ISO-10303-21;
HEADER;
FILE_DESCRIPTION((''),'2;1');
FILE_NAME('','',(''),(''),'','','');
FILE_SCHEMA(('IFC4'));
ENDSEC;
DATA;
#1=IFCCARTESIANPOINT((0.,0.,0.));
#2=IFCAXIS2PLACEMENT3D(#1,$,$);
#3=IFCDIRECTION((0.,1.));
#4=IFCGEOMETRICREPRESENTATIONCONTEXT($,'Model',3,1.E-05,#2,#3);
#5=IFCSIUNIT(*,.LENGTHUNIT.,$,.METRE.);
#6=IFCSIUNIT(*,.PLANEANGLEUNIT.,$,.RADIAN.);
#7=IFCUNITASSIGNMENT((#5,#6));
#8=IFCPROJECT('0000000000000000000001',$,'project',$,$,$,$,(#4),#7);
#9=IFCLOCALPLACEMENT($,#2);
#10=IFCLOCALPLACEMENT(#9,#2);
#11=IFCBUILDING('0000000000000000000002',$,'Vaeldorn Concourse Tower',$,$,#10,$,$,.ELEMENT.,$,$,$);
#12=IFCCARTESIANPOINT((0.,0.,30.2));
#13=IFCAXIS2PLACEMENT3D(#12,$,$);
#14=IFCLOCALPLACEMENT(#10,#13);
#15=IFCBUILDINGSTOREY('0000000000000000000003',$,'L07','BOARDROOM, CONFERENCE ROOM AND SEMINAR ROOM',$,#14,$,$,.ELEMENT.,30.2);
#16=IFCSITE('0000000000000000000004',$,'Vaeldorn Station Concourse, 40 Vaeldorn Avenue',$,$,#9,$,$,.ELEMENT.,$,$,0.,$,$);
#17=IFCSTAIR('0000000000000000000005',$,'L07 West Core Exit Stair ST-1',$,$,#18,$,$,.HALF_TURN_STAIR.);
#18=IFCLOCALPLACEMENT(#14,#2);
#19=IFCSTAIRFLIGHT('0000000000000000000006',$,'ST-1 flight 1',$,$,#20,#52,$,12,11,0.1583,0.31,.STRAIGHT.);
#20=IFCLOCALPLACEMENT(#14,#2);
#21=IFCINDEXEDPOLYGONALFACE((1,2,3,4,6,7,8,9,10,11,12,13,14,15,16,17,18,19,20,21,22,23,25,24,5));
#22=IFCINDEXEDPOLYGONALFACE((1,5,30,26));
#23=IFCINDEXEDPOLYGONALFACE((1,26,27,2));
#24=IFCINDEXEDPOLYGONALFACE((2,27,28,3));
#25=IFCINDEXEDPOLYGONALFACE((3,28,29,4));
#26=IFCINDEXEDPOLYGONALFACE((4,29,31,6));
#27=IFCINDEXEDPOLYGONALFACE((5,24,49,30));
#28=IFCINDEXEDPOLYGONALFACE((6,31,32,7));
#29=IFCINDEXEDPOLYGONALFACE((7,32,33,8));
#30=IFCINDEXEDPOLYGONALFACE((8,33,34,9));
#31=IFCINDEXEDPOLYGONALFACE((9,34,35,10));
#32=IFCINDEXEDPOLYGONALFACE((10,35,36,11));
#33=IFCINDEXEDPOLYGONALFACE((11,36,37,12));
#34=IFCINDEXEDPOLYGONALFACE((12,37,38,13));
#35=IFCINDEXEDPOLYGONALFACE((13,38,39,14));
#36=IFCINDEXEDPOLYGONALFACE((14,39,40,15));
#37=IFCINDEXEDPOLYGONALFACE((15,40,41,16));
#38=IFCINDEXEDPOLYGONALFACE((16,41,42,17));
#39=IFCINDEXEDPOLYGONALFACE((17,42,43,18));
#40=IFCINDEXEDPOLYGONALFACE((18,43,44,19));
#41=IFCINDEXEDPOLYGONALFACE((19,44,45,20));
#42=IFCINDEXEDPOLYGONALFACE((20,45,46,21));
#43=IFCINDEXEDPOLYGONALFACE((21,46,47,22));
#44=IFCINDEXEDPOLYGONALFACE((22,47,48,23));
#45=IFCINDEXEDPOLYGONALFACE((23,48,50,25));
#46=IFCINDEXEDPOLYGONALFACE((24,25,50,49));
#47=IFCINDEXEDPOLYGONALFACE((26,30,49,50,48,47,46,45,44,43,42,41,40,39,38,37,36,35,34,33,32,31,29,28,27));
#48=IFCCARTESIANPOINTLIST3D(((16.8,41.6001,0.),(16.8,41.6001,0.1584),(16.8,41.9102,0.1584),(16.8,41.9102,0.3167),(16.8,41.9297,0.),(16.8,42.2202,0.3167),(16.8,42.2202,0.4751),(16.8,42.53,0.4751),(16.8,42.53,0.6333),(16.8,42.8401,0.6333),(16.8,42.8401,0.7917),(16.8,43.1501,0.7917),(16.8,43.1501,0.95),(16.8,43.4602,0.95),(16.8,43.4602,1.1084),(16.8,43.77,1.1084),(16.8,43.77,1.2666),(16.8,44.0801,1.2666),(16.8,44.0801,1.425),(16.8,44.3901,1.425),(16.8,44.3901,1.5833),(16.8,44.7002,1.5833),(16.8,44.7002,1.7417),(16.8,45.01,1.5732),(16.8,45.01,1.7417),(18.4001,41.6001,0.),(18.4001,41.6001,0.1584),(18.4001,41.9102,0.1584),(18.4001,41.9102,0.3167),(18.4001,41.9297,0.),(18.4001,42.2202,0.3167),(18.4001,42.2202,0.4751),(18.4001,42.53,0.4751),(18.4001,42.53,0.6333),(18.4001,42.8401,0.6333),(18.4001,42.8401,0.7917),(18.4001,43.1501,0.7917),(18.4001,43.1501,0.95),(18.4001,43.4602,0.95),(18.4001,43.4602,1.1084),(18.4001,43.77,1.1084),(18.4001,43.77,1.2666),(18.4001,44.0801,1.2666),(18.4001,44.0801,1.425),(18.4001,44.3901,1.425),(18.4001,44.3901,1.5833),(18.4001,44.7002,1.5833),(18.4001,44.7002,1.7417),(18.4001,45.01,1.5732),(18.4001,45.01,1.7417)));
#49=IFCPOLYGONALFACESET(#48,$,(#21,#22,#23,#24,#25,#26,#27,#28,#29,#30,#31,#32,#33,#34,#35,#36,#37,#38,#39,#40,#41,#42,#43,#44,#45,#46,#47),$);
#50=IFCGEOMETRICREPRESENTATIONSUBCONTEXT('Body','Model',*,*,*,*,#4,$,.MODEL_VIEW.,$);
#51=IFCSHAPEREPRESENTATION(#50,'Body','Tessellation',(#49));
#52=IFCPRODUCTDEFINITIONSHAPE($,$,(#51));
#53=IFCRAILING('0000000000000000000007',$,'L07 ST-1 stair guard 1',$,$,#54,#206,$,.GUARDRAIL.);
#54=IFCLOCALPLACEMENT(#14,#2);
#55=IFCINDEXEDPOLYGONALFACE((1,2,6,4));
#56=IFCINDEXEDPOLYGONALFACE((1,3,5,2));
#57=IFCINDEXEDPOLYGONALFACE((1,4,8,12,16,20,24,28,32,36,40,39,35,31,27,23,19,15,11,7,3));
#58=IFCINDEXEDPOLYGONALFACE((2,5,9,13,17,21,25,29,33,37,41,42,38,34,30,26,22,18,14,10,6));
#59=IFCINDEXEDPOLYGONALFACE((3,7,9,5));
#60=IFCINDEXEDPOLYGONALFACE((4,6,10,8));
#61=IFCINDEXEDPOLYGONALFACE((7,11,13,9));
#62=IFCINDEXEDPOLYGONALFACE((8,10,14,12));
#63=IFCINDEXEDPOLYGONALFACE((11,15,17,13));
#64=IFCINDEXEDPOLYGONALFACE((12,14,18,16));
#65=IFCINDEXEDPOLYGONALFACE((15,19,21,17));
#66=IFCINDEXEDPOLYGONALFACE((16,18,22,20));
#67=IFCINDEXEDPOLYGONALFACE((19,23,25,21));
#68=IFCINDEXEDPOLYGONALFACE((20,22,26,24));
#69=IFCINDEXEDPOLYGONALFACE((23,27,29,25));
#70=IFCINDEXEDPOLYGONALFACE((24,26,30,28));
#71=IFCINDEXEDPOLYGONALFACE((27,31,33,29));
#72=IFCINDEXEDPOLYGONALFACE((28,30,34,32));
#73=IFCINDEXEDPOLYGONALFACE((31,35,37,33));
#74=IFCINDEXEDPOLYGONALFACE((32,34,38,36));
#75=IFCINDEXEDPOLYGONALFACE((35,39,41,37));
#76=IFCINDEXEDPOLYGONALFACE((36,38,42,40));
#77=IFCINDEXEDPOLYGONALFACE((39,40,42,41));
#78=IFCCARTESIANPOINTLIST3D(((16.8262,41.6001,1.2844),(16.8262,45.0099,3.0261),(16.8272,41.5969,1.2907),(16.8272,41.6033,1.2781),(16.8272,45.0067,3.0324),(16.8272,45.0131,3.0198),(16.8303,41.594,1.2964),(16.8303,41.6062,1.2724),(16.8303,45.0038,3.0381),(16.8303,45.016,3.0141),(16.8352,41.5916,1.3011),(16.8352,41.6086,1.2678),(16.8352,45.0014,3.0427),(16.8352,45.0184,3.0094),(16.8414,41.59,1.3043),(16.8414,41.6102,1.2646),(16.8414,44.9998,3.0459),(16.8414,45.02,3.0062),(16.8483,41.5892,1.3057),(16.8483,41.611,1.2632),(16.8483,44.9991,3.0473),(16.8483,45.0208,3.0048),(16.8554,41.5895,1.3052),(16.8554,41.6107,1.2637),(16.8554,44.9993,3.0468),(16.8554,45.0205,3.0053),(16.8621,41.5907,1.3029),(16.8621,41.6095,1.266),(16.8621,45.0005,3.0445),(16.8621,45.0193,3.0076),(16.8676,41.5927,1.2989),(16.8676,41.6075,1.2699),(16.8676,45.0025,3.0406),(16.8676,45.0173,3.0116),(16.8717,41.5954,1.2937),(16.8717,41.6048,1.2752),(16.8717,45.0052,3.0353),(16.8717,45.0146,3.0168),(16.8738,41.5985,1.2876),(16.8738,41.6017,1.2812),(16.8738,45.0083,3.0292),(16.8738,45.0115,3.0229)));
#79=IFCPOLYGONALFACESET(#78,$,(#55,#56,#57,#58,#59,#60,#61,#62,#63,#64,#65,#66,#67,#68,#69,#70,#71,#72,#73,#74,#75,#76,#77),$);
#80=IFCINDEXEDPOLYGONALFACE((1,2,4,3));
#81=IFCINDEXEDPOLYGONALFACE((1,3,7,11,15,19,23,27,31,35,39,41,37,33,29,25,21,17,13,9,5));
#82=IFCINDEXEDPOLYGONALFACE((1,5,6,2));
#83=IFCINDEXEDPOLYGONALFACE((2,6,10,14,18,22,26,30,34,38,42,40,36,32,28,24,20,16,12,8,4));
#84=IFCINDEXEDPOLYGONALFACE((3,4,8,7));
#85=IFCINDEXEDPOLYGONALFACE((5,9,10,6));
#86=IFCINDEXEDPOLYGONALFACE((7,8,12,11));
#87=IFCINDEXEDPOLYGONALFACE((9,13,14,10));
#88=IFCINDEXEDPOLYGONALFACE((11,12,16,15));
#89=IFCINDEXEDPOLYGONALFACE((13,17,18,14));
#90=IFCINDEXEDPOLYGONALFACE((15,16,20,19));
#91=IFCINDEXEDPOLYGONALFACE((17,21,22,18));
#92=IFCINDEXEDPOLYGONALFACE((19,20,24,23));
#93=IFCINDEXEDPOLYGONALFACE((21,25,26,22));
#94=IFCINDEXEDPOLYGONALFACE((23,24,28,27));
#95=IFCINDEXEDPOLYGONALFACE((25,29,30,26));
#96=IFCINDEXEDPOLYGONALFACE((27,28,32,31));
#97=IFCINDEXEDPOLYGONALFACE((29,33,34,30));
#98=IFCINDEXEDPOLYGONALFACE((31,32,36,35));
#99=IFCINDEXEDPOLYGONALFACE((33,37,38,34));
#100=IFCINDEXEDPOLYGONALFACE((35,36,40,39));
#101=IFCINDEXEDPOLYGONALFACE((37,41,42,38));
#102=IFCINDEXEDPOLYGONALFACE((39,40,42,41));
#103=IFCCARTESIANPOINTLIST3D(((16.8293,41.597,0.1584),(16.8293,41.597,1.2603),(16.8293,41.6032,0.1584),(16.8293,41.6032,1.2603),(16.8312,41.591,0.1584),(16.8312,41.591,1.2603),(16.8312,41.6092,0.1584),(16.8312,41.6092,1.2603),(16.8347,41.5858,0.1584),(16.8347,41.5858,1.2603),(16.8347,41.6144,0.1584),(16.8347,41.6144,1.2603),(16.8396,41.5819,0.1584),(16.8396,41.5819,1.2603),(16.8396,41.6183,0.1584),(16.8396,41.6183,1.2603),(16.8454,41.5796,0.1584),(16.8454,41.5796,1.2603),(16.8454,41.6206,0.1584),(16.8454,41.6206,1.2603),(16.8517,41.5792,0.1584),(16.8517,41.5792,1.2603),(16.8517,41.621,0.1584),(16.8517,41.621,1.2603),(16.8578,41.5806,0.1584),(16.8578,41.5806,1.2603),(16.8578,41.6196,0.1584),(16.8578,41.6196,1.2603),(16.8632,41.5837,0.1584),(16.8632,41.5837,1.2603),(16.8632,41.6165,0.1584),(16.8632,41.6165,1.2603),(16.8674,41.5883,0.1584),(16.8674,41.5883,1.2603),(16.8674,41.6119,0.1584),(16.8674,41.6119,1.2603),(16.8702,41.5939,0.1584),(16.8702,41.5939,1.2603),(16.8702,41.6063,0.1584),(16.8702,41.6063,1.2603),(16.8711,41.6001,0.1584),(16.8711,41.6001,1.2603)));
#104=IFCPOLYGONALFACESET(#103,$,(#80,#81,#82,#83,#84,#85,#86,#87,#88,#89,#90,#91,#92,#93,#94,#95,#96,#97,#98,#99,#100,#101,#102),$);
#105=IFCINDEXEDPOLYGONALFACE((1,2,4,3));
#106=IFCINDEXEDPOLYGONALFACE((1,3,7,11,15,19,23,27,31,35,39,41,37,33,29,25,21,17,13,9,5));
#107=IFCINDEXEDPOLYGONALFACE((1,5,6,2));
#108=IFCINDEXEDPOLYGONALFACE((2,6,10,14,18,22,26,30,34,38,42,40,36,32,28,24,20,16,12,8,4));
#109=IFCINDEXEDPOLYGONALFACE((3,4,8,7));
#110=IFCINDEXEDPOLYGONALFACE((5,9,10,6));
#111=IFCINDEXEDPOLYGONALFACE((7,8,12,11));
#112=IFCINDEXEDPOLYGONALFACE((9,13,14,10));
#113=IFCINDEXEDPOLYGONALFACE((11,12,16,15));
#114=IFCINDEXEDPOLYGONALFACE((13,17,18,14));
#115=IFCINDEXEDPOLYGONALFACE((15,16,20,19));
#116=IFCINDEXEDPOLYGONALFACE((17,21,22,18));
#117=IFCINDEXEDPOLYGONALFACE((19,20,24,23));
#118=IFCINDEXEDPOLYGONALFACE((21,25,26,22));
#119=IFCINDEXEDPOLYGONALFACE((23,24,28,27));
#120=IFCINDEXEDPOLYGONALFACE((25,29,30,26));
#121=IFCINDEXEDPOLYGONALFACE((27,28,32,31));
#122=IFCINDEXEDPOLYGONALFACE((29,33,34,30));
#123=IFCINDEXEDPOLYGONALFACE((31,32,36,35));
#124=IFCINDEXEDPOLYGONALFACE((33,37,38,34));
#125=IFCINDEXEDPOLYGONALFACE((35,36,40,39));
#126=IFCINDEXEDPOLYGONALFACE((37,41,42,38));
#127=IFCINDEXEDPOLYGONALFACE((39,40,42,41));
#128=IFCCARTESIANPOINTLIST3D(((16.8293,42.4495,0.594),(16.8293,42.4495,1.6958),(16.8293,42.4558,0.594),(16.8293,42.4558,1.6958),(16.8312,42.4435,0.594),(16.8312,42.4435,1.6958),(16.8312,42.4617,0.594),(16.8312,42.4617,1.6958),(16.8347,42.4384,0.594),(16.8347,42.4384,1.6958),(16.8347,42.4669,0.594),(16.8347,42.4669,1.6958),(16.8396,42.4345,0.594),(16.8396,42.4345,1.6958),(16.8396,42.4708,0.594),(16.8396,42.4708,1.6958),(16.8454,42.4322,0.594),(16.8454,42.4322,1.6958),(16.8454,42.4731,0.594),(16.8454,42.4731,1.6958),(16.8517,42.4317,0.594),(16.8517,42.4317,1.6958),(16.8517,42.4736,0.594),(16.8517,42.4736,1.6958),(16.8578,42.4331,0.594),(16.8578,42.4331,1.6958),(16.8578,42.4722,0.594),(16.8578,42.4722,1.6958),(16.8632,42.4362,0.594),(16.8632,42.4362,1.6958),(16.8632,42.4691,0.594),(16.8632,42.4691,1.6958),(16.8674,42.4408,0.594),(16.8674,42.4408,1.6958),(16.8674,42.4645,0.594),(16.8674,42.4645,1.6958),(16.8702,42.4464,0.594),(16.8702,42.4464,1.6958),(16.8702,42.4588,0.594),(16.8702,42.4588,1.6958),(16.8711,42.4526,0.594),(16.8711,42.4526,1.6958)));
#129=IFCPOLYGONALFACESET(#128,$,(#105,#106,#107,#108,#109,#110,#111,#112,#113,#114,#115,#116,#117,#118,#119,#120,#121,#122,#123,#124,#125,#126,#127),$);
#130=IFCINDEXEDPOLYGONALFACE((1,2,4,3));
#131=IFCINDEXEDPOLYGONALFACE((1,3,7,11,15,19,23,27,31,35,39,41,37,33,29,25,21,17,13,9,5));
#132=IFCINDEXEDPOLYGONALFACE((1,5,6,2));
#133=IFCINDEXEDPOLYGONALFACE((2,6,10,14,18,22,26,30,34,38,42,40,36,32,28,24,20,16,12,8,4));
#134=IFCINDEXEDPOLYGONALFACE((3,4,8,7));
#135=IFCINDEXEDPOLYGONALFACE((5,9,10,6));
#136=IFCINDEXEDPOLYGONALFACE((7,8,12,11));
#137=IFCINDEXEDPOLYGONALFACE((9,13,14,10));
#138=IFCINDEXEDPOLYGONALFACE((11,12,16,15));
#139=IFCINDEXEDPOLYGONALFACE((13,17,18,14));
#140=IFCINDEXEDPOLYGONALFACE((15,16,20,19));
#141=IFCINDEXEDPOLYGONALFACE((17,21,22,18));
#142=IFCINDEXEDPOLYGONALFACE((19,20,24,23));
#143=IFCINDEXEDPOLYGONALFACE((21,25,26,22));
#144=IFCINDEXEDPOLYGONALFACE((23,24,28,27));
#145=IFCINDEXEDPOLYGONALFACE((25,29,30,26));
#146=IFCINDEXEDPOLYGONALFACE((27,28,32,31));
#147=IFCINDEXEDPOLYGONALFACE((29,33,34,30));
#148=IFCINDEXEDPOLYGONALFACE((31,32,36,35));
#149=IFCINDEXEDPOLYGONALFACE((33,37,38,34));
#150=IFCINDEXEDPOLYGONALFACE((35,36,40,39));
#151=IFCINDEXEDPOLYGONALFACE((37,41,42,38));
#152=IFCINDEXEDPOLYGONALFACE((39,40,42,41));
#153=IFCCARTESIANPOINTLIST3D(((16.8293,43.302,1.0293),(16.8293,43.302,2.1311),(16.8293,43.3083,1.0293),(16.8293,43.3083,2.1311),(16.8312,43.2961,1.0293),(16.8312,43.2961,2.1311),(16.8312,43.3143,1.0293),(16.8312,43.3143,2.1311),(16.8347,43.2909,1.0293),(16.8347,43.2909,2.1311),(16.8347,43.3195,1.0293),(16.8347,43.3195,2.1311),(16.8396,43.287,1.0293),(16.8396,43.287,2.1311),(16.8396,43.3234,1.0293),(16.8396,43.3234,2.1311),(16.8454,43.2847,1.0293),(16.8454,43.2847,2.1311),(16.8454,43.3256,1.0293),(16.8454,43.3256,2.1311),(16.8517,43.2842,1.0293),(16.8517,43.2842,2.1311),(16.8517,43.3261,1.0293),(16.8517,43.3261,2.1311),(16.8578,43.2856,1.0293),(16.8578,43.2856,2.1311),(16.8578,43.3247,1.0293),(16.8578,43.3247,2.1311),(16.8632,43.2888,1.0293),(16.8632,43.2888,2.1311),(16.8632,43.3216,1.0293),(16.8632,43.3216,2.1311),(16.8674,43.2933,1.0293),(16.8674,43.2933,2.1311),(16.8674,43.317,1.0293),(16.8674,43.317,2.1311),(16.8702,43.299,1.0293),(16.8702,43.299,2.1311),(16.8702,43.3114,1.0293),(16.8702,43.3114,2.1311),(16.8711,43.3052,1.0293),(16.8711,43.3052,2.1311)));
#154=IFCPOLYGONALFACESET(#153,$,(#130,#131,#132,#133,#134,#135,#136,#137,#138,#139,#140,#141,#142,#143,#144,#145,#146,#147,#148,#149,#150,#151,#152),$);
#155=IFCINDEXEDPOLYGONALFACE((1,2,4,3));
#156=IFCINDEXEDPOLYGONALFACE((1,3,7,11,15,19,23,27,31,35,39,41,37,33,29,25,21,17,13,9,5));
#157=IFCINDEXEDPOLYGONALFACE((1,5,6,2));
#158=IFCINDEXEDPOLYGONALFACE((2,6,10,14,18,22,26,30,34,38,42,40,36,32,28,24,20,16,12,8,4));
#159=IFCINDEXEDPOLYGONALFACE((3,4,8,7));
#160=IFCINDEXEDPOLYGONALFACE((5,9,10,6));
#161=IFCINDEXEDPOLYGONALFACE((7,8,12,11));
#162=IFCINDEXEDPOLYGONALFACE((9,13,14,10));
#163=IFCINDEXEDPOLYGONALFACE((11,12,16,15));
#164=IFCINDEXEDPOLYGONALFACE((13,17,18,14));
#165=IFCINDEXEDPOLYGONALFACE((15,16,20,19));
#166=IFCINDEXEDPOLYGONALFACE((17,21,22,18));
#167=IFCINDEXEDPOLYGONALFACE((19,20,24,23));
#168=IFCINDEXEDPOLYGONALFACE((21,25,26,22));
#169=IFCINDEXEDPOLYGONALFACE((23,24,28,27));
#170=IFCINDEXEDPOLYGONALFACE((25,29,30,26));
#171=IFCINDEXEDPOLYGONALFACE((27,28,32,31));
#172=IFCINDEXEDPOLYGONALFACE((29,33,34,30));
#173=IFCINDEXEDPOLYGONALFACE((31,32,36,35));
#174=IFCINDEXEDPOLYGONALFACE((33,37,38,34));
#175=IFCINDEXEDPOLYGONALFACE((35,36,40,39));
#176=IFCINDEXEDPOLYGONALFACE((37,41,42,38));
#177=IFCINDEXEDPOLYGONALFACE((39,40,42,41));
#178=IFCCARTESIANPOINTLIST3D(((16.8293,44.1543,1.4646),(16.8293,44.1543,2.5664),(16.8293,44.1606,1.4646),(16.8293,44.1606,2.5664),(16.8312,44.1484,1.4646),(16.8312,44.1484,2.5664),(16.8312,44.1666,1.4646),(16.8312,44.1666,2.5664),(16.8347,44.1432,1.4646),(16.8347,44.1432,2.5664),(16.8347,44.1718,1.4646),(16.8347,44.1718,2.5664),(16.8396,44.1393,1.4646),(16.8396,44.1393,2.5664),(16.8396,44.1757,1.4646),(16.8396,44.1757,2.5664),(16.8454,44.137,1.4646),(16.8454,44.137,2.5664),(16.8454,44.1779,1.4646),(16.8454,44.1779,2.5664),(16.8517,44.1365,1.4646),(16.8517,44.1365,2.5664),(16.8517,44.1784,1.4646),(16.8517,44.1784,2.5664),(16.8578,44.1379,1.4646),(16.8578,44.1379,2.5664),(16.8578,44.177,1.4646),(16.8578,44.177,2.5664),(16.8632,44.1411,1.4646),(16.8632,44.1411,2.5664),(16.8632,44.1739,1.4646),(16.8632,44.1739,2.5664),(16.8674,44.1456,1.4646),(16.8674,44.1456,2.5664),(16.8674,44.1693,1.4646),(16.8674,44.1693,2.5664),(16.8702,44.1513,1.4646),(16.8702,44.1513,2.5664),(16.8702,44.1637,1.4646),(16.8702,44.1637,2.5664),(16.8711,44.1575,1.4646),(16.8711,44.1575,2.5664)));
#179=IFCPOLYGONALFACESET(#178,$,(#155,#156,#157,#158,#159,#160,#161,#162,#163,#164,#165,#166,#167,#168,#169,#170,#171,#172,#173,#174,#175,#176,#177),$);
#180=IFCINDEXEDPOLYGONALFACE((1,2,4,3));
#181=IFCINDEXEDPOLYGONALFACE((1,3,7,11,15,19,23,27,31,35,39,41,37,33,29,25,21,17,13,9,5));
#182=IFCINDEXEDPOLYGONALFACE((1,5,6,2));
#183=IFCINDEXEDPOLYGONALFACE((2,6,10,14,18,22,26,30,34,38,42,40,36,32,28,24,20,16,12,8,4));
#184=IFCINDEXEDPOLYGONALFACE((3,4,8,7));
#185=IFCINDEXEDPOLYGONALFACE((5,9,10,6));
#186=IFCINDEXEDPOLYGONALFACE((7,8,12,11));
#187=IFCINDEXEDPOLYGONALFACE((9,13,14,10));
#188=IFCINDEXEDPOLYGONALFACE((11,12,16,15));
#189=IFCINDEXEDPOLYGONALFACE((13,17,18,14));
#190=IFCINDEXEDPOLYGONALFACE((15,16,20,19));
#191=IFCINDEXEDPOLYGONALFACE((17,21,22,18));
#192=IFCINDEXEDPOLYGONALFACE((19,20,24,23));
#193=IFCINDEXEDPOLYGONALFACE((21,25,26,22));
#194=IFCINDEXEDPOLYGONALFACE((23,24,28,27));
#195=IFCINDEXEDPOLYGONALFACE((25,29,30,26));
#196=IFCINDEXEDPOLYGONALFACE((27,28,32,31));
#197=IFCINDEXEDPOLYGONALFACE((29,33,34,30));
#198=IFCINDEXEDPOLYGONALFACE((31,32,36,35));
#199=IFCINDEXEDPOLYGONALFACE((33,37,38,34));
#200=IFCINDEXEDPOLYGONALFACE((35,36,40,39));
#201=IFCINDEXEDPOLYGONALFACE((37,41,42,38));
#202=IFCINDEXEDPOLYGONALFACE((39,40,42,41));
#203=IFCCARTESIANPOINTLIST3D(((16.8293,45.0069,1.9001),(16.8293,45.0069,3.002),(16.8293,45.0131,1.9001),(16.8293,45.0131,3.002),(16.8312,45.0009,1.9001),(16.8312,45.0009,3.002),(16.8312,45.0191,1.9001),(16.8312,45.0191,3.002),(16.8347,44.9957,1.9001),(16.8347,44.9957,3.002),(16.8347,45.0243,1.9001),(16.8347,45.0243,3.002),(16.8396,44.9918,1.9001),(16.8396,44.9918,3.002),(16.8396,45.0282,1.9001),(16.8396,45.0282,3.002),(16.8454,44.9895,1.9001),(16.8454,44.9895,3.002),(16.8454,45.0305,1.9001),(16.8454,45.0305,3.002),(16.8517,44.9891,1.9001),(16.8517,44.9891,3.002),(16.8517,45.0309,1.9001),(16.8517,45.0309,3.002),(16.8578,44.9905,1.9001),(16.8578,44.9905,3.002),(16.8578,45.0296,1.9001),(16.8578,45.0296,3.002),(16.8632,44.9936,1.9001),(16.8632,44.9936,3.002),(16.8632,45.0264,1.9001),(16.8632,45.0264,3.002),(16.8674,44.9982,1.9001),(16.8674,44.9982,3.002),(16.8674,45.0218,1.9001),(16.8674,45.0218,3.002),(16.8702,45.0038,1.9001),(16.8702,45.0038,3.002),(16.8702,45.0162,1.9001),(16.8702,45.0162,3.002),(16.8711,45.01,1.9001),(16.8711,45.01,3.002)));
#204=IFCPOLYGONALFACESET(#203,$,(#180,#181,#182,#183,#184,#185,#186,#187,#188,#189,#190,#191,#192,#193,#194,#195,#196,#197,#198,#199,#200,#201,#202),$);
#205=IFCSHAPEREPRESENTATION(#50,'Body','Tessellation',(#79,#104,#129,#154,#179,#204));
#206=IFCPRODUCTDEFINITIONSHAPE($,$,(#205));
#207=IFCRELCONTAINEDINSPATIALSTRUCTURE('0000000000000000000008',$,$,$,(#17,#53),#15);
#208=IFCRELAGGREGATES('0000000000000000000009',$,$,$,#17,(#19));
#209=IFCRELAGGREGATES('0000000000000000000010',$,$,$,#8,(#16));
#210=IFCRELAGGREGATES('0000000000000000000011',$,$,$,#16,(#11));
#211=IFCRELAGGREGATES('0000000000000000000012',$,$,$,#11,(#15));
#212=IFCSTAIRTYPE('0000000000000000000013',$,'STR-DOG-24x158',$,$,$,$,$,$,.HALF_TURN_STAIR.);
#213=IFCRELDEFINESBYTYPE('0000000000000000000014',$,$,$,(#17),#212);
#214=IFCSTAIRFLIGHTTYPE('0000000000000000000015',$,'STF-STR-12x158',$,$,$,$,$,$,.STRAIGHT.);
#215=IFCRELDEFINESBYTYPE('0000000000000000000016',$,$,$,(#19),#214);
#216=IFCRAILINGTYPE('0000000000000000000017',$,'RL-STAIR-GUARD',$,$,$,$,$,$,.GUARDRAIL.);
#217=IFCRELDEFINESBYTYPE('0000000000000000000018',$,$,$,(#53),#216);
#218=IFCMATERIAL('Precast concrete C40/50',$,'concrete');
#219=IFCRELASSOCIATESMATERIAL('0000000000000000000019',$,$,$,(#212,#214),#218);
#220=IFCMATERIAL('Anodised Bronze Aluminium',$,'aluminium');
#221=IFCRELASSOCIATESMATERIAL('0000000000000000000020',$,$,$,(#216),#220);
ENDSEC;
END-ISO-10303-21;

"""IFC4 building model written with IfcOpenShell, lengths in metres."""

from ifc_helpers import new_model, si_unit, direction, frame, origin, origin_2d, place, context, subcontext, project, spatial, polyline, circle, outline, extrude, material, type_object, element, aggregate, save


model = new_model("IFC4")

# Units and contexts
model_context = context("Model", 3, precision=1e-05, world=origin(), true_north=direction((0.0, 1.0)))
body_context = subcontext(model_context, "Body", "Model", "MODEL_VIEW")
ifc_project = project(units=[si_unit("LENGTHUNIT", "METRE"), si_unit("PLANEANGLEUNIT", "RADIAN")], contexts=[model_context])

# Site, building, storey
site_placement = place(None, origin())
site = spatial("IfcSite", under=ifc_project, at=site_placement, Name="Vaeldorn Station Concourse, 40 Vaeldorn Avenue", CompositionType="ELEMENT", RefElevation=0.0)
building_placement = place(site_placement, origin())
building = spatial("IfcBuilding", under=site, at=building_placement, Name="Vaeldorn Concourse Tower", CompositionType="ELEMENT")
storey_placement = place(building_placement, frame((0.0, 0.0, 30.2)))
storey = spatial("IfcBuildingStorey", under=building, at=storey_placement, Name="L07", Description="BOARDROOM, CONFERENCE ROOM AND SEMINAR ROOM", CompositionType="ELEMENT", Elevation=30.2)

# Shared definitions
ifc_material_1 = material(Name="Anodised Bronze Aluminium", Category="aluminium")

# Stair, stair flight
ifc_material_2 = material(Name="Precast concrete C40/50", Category="concrete")
stair_type = type_object("IfcStairType", Name="STR-DOG-24x158", PredefinedType="HALF_TURN_STAIR", material=ifc_material_2)
stair_placement = place(storey_placement, origin())
stair = element("IfcStair", 1, at=stair_placement, inside=storey, type_object=stair_type, Name="L07 West Core Exit Stair ST-1", PredefinedType="HALF_TURN_STAIR")
stair_flight_type = type_object("IfcStairFlightType", Name="STF-STR-12x158", PredefinedType="STRAIGHT", material=ifc_material_2)
stair_flight_placement = place(storey_placement, frame((17.6001, 41.6001, 0.0), z_axis=(0.0, 0.0, 1.0), x_axis=(0.0, 1.0, 0.0)))
stair_flight = element("IfcStairFlight", 2, at=stair_flight_placement, type_object=stair_flight_type, Name="ST-1 flight 1", NumberOfRisers=12, NumberOfTreads=11, PredefinedType="STRAIGHT", RiserHeight=0.1583, TreadLength=0.31, context=body_context, shape_type="SweptSolid", body=[
    extrude(outline(polyline([(0.0, 0.0), (0.0, 0.1584), (0.3101, 0.1584), (0.3101, 0.3167), (0.6201, 0.3167), (0.6201, 0.4751), (0.9299, 0.4751), (0.9299, 0.6333), (1.24, 0.6333), (1.24, 0.7917), (1.55, 0.7917), (1.55, 0.95), (1.8601, 0.95), (1.8601, 1.1084), (2.1699, 1.1084), (2.1699, 1.2666), (2.48, 1.2666), (2.48, 1.425), (2.79, 1.425), (2.79, 1.5833), (3.1001, 1.5833), (3.1001, 1.7417), (3.4099, 1.7417), (3.4099, 1.8999), (3.4099, 1.5732), (0.3296, 0.0), (0.0, 0.0)])), frame((0.0, 0.8, 0.0), z_axis=(0.0, -1.0, 0.0), x_axis=(1.0, 0.0, 0.0)), (0.0, 0.0, 1.0), 1.6001),
])
aggregate(stair, [stair_flight])

# Railing
railing_type_1 = type_object("IfcRailingType", Name="RL-STAIR-GUARD", PredefinedType="GUARDRAIL", material=ifc_material_1)
railing_1_placement = place(storey_placement, frame((16.8501, 41.6001, 0.1584)))
element("IfcRailing", 3, at=railing_1_placement, inside=storey, type_object=railing_type_1, Name="L07 ST-1 stair guard 1", PredefinedType="GUARDRAIL", context=body_context, shape_type="SweptSolid", body=[
    extrude(circle(Radius=0.0239, at=origin_2d()), frame((0.0, 0.0, 1.126), z_axis=(0.0, 0.890556, 0.454874), x_axis=(-1.0, 0.0, 0.0)), (0.0, 0.0, 1.0), 3.8289),
    extrude(circle(Radius=0.021, at=origin_2d()), origin(), (0.0, 0.0, 1.0), 1.1018),
    extrude(circle(Radius=0.021, at=origin_2d()), frame((0.0, 0.8525, 0.4355)), (0.0, 0.0, 1.0), 1.1018),
    extrude(circle(Radius=0.021, at=origin_2d()), frame((0.0, 1.7051, 0.8708)), (0.0, 0.0, 1.0), 1.1018),
    extrude(circle(Radius=0.021, at=origin_2d()), frame((0.0, 2.5574, 1.3062)), (0.0, 0.0, 1.0), 1.1018),
    extrude(circle(Radius=0.021, at=origin_2d()), frame((0.0, 3.4099, 1.7417)), (0.0, 0.0, 1.0), 1.1018),
])

save(model, "model.ifc")
